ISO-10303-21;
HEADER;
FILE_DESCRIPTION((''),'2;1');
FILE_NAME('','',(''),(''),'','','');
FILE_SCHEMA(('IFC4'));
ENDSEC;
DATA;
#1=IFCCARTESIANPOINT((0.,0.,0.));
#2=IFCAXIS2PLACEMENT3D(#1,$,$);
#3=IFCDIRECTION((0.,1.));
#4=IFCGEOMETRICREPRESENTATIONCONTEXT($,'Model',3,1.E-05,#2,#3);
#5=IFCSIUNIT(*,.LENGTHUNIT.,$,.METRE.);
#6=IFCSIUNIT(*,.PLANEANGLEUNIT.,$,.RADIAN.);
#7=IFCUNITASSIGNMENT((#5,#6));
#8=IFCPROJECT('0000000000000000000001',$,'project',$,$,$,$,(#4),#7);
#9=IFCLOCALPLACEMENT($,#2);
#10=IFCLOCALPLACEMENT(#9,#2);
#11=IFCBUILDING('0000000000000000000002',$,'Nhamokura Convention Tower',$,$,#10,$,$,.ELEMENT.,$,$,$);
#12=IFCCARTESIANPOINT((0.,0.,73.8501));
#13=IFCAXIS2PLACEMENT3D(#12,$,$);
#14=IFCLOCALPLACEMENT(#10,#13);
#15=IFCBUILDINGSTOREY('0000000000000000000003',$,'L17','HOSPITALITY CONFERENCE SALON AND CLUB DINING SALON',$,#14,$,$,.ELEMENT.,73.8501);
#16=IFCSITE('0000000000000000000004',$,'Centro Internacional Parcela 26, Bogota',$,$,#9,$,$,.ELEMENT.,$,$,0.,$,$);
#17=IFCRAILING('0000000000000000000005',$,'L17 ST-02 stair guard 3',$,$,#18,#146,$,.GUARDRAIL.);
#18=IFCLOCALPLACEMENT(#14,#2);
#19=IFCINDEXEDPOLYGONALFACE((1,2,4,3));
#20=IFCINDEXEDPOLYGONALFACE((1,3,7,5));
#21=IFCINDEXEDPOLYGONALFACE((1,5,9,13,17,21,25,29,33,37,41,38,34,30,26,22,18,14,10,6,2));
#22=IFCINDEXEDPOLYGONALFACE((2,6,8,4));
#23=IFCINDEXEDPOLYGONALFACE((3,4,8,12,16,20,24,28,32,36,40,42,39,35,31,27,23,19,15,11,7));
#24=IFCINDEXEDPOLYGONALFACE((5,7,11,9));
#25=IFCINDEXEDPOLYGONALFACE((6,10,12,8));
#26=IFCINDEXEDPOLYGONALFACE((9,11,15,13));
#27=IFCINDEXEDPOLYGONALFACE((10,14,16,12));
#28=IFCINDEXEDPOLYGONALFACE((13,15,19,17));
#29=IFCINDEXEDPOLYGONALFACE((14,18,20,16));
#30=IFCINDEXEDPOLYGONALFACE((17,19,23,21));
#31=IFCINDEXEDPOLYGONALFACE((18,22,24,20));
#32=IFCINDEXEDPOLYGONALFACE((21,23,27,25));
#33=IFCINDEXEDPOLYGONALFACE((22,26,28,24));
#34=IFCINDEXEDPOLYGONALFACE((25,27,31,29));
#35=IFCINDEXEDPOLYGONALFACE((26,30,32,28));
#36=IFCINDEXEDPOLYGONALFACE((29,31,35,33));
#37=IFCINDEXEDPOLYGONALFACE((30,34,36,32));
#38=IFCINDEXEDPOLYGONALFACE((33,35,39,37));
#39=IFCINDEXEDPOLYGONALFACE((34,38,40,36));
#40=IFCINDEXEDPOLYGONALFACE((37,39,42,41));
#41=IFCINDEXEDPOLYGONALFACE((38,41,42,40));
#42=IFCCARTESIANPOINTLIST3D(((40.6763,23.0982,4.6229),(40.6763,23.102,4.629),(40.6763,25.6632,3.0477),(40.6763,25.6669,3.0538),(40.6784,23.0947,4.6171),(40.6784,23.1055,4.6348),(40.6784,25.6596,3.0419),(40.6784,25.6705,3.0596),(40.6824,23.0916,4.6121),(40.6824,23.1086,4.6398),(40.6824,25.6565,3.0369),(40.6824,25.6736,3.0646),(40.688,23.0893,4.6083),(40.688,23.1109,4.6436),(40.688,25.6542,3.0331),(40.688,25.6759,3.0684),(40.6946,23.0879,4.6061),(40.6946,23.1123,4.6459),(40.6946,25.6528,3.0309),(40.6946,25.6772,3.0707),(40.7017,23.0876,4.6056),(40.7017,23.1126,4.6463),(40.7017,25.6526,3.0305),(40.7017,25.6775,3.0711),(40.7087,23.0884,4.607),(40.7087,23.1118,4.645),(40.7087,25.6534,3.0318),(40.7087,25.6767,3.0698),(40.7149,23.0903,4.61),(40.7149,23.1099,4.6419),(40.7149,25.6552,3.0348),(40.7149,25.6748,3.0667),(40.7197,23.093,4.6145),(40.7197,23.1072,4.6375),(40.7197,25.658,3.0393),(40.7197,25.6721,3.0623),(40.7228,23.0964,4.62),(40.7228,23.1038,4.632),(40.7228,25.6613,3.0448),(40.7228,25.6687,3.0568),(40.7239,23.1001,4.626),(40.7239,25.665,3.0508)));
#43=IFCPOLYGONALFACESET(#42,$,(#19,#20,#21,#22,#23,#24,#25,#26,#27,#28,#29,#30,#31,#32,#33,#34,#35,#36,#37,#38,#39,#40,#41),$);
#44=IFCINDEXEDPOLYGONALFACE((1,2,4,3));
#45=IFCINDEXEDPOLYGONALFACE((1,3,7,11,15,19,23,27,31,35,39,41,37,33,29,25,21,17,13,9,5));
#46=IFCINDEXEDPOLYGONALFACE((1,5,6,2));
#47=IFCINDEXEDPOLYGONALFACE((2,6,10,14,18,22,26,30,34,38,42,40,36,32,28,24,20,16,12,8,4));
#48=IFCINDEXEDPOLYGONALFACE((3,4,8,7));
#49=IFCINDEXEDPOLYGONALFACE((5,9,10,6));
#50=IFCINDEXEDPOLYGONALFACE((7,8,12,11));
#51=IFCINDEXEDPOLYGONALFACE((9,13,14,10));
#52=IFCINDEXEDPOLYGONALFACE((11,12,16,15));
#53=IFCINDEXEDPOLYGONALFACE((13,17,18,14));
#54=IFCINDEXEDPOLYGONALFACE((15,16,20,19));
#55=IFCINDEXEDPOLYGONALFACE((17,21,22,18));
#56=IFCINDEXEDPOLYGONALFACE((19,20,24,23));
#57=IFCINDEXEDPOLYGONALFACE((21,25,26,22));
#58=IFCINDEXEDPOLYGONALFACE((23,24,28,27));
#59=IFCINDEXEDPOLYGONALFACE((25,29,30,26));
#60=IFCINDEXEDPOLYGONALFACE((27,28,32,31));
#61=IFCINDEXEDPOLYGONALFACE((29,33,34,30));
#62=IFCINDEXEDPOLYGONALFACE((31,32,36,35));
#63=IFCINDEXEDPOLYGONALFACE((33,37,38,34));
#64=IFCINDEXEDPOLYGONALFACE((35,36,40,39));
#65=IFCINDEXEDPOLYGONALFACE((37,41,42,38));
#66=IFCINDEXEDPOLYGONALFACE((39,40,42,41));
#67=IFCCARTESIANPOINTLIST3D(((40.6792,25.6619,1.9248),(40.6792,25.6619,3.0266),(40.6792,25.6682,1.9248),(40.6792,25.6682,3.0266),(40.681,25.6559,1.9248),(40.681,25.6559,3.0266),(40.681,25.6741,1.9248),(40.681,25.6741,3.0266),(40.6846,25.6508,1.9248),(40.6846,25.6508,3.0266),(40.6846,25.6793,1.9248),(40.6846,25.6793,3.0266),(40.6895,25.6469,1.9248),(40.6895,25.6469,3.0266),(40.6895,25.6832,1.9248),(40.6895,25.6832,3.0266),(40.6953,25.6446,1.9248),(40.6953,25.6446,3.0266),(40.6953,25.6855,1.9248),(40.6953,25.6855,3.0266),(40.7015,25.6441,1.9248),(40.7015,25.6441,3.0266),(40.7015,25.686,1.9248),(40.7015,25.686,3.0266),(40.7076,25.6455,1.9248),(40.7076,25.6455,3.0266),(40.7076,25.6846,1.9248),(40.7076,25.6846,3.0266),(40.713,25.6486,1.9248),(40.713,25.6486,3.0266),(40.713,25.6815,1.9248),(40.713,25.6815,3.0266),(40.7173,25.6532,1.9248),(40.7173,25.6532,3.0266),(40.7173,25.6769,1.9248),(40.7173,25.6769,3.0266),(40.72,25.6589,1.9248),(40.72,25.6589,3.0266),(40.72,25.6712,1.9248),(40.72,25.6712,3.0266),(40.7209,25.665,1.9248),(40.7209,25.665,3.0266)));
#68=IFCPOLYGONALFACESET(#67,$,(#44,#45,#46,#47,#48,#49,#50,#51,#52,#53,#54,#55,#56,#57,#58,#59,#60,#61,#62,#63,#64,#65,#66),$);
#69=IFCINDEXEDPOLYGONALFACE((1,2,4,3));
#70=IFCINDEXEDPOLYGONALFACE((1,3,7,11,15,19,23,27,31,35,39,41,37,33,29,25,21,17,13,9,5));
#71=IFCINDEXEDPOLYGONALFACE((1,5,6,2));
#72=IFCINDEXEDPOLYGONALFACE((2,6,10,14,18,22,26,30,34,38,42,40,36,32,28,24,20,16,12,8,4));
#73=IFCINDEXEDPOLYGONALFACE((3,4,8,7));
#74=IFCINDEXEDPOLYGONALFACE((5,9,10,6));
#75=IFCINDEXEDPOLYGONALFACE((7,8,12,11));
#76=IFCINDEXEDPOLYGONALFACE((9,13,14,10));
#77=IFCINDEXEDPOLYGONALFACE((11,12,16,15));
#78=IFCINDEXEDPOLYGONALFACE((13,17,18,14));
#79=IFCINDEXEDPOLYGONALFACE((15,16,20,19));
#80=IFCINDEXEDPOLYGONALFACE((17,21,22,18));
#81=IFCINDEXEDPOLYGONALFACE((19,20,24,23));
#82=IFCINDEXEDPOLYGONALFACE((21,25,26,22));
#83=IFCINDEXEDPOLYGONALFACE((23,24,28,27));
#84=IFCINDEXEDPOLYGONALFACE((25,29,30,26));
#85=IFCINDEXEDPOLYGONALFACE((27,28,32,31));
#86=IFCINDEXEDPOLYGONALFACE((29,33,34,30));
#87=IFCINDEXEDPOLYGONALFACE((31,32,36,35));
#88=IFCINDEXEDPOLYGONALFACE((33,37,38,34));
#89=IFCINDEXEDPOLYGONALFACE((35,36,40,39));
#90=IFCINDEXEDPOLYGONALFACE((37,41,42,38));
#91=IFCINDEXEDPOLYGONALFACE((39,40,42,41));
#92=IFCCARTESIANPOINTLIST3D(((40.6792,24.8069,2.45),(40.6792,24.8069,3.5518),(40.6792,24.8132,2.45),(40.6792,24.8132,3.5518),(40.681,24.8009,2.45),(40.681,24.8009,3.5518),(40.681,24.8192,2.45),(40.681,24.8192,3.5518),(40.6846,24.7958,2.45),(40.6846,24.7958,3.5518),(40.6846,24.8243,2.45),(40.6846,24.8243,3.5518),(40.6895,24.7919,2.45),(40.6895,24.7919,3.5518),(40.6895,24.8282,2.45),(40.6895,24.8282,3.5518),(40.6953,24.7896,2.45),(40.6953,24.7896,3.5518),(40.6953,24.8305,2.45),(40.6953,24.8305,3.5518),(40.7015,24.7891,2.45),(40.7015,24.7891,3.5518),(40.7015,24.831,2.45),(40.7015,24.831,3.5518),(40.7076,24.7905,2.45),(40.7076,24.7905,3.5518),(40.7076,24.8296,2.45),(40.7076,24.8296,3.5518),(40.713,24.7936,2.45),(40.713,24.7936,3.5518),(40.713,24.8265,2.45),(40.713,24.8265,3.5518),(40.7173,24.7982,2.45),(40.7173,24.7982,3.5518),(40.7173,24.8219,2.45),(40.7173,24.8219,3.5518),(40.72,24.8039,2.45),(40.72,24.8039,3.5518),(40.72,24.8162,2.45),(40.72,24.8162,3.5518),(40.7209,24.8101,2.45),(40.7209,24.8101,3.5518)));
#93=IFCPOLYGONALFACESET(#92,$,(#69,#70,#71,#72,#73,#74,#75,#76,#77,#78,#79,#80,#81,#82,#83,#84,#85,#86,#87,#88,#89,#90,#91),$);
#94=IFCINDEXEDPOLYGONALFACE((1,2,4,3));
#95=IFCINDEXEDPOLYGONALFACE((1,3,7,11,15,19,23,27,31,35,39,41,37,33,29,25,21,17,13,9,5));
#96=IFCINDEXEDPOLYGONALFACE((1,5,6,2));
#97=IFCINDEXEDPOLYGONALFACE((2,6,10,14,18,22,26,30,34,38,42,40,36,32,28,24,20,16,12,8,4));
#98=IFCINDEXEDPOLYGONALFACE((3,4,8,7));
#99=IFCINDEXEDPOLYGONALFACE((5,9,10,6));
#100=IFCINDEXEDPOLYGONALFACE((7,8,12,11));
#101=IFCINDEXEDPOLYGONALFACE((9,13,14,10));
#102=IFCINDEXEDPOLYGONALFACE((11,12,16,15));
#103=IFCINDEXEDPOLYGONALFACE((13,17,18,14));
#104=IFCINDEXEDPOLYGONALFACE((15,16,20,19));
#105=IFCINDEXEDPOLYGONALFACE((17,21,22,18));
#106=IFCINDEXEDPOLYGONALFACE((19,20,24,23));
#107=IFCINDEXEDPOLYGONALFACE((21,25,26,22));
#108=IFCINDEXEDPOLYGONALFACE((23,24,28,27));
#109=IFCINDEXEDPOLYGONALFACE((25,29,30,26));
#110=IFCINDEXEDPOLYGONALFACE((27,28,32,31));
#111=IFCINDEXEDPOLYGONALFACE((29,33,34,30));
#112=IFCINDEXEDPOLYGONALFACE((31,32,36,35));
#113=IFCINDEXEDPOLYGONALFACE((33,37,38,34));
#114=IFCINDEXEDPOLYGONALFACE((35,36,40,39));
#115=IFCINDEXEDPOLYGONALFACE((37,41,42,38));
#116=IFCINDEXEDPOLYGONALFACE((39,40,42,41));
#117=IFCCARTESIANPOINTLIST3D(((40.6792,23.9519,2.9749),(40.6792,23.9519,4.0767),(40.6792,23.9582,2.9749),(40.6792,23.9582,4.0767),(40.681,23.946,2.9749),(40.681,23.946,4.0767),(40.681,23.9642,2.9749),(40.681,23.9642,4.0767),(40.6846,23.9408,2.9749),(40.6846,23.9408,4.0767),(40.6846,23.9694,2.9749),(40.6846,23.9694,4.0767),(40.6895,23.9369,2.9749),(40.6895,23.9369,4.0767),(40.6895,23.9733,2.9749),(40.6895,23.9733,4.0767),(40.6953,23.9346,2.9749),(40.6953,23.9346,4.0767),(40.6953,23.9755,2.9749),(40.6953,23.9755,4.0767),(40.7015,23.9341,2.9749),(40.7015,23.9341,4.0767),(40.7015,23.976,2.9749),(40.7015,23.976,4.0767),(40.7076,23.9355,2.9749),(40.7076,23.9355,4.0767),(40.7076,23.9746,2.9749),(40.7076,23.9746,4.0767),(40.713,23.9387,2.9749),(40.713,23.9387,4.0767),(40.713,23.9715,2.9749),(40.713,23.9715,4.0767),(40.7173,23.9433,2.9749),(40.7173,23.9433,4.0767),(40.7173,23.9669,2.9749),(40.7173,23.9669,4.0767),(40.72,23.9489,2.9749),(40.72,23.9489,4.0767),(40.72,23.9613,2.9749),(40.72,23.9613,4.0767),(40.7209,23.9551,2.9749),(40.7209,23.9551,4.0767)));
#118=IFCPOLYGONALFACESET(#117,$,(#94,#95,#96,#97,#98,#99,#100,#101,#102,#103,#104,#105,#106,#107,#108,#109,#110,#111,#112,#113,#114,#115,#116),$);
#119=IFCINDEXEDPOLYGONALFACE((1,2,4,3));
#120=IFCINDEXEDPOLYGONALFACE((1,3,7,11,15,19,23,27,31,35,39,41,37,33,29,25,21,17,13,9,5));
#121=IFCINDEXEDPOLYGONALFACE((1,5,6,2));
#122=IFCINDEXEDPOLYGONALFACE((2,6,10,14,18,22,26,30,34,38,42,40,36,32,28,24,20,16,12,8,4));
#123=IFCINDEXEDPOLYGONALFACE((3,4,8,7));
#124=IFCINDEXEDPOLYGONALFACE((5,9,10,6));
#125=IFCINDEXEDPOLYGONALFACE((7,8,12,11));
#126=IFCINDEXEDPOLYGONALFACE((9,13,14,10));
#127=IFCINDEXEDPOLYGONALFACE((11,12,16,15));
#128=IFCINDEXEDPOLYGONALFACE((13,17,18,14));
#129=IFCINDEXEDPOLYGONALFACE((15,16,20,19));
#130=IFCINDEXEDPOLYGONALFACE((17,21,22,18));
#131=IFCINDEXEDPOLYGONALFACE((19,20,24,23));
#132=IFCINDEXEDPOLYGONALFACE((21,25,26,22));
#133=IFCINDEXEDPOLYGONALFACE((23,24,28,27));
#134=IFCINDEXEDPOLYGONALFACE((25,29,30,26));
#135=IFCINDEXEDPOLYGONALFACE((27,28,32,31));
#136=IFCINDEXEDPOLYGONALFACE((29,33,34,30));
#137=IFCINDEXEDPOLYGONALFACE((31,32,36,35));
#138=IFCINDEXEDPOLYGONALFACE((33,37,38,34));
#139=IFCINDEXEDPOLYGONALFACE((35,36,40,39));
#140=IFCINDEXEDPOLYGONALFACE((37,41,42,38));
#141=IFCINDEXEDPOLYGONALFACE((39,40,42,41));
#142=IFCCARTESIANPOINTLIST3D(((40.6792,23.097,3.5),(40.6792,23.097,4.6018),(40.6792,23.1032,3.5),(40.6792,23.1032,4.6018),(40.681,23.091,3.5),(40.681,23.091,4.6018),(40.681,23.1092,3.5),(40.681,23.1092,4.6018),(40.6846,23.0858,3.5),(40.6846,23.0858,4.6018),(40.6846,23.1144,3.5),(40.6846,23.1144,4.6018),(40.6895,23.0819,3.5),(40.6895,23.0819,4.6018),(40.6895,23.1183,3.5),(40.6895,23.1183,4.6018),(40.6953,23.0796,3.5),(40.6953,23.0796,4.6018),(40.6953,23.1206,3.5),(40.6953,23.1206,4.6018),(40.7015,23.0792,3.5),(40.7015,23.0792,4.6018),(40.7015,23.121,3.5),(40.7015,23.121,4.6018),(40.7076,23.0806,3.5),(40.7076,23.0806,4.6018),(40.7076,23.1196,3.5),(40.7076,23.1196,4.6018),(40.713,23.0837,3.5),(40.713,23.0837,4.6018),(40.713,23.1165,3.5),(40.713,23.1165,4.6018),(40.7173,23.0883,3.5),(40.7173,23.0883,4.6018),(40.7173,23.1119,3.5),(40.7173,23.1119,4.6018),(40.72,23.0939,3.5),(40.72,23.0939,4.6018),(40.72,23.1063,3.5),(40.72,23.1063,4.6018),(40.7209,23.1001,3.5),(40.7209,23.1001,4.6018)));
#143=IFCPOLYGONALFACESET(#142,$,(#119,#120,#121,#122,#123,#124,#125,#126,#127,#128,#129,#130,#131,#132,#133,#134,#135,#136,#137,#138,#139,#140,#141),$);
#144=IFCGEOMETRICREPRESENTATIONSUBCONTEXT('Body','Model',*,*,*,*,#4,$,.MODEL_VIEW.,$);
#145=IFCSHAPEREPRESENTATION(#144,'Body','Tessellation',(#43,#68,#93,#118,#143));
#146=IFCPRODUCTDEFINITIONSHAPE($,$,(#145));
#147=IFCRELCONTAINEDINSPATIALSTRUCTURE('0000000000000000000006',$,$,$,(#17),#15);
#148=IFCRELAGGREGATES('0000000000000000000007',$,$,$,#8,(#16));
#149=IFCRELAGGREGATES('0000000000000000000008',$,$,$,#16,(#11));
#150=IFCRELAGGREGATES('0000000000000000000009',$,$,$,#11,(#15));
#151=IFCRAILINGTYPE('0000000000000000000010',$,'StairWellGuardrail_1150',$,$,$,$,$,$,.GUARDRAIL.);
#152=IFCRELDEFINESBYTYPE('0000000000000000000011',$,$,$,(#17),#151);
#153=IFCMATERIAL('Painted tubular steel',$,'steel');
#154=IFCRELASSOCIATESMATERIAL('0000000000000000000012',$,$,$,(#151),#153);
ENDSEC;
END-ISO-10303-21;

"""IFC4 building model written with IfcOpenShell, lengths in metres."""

from ifc_helpers import new_model, si_unit, direction, frame, origin, origin_2d, place, context, subcontext, project, spatial, circle, extrude, material, type_object, element, save


model = new_model("IFC4")

# Units and contexts
model_context = context("Model", 3, precision=1e-05, world=origin(), true_north=direction((0.0, 1.0)))
body_context = subcontext(model_context, "Body", "Model", "MODEL_VIEW")
ifc_project = project(units=[si_unit("LENGTHUNIT", "METRE"), si_unit("PLANEANGLEUNIT", "RADIAN")], contexts=[model_context])

# Site, building, storey
site_placement = place(None, origin())
site = spatial("IfcSite", under=ifc_project, at=site_placement, Name="Centro Internacional Parcela 26, Bogota", CompositionType="ELEMENT", RefElevation=0.0)
building_placement = place(site_placement, origin())
building = spatial("IfcBuilding", under=site, at=building_placement, Name="Nhamokura Convention Tower", CompositionType="ELEMENT")
storey_placement = place(building_placement, frame((0.0, 0.0, 73.8501)))
storey = spatial("IfcBuildingStorey", under=building, at=storey_placement, Name="L17", Description="HOSPITALITY CONFERENCE SALON AND CLUB DINING SALON", CompositionType="ELEMENT", Elevation=73.8501)

# Railing
ifc_material_1 = material(Name="Painted tubular steel", Category="steel")
railing_type_1 = type_object("IfcRailingType", Name="StairWellGuardrail_1150", PredefinedType="GUARDRAIL", material=ifc_material_1)
railing_1_placement = place(storey_placement, frame((40.7, 25.665, 1.9248)))
element("IfcRailing", 1, at=railing_1_placement, inside=storey, type_object=railing_type_1, Name="L17 ST-02 stair guard 3", PredefinedType="GUARDRAIL", context=body_context, shape_type="SweptSolid", body=[
    extrude(circle(Radius=0.0239, at=origin_2d()), frame((0.0, 0.0, 1.126), z_axis=(0.0, -0.852137, 0.523319), x_axis=(1.0, 0.0, 0.0)), (0.0, 0.0, 1.0), 3.01),
    extrude(circle(Radius=0.021, at=origin_2d()), origin(), (0.0, 0.0, 1.0), 1.1018),
    extrude(circle(Radius=0.021, at=origin_2d()), frame((0.0, -0.855, 0.5251)), (0.0, 0.0, 1.0), 1.1018),
    extrude(circle(Radius=0.021, at=origin_2d()), frame((0.0, -1.71, 1.05)), (0.0, 0.0, 1.0), 1.1018),
    extrude(circle(Radius=0.021, at=origin_2d()), frame((0.0, -2.5649, 1.5752)), (0.0, 0.0, 1.0), 1.1018),
])

save(model, "model.ifc")
